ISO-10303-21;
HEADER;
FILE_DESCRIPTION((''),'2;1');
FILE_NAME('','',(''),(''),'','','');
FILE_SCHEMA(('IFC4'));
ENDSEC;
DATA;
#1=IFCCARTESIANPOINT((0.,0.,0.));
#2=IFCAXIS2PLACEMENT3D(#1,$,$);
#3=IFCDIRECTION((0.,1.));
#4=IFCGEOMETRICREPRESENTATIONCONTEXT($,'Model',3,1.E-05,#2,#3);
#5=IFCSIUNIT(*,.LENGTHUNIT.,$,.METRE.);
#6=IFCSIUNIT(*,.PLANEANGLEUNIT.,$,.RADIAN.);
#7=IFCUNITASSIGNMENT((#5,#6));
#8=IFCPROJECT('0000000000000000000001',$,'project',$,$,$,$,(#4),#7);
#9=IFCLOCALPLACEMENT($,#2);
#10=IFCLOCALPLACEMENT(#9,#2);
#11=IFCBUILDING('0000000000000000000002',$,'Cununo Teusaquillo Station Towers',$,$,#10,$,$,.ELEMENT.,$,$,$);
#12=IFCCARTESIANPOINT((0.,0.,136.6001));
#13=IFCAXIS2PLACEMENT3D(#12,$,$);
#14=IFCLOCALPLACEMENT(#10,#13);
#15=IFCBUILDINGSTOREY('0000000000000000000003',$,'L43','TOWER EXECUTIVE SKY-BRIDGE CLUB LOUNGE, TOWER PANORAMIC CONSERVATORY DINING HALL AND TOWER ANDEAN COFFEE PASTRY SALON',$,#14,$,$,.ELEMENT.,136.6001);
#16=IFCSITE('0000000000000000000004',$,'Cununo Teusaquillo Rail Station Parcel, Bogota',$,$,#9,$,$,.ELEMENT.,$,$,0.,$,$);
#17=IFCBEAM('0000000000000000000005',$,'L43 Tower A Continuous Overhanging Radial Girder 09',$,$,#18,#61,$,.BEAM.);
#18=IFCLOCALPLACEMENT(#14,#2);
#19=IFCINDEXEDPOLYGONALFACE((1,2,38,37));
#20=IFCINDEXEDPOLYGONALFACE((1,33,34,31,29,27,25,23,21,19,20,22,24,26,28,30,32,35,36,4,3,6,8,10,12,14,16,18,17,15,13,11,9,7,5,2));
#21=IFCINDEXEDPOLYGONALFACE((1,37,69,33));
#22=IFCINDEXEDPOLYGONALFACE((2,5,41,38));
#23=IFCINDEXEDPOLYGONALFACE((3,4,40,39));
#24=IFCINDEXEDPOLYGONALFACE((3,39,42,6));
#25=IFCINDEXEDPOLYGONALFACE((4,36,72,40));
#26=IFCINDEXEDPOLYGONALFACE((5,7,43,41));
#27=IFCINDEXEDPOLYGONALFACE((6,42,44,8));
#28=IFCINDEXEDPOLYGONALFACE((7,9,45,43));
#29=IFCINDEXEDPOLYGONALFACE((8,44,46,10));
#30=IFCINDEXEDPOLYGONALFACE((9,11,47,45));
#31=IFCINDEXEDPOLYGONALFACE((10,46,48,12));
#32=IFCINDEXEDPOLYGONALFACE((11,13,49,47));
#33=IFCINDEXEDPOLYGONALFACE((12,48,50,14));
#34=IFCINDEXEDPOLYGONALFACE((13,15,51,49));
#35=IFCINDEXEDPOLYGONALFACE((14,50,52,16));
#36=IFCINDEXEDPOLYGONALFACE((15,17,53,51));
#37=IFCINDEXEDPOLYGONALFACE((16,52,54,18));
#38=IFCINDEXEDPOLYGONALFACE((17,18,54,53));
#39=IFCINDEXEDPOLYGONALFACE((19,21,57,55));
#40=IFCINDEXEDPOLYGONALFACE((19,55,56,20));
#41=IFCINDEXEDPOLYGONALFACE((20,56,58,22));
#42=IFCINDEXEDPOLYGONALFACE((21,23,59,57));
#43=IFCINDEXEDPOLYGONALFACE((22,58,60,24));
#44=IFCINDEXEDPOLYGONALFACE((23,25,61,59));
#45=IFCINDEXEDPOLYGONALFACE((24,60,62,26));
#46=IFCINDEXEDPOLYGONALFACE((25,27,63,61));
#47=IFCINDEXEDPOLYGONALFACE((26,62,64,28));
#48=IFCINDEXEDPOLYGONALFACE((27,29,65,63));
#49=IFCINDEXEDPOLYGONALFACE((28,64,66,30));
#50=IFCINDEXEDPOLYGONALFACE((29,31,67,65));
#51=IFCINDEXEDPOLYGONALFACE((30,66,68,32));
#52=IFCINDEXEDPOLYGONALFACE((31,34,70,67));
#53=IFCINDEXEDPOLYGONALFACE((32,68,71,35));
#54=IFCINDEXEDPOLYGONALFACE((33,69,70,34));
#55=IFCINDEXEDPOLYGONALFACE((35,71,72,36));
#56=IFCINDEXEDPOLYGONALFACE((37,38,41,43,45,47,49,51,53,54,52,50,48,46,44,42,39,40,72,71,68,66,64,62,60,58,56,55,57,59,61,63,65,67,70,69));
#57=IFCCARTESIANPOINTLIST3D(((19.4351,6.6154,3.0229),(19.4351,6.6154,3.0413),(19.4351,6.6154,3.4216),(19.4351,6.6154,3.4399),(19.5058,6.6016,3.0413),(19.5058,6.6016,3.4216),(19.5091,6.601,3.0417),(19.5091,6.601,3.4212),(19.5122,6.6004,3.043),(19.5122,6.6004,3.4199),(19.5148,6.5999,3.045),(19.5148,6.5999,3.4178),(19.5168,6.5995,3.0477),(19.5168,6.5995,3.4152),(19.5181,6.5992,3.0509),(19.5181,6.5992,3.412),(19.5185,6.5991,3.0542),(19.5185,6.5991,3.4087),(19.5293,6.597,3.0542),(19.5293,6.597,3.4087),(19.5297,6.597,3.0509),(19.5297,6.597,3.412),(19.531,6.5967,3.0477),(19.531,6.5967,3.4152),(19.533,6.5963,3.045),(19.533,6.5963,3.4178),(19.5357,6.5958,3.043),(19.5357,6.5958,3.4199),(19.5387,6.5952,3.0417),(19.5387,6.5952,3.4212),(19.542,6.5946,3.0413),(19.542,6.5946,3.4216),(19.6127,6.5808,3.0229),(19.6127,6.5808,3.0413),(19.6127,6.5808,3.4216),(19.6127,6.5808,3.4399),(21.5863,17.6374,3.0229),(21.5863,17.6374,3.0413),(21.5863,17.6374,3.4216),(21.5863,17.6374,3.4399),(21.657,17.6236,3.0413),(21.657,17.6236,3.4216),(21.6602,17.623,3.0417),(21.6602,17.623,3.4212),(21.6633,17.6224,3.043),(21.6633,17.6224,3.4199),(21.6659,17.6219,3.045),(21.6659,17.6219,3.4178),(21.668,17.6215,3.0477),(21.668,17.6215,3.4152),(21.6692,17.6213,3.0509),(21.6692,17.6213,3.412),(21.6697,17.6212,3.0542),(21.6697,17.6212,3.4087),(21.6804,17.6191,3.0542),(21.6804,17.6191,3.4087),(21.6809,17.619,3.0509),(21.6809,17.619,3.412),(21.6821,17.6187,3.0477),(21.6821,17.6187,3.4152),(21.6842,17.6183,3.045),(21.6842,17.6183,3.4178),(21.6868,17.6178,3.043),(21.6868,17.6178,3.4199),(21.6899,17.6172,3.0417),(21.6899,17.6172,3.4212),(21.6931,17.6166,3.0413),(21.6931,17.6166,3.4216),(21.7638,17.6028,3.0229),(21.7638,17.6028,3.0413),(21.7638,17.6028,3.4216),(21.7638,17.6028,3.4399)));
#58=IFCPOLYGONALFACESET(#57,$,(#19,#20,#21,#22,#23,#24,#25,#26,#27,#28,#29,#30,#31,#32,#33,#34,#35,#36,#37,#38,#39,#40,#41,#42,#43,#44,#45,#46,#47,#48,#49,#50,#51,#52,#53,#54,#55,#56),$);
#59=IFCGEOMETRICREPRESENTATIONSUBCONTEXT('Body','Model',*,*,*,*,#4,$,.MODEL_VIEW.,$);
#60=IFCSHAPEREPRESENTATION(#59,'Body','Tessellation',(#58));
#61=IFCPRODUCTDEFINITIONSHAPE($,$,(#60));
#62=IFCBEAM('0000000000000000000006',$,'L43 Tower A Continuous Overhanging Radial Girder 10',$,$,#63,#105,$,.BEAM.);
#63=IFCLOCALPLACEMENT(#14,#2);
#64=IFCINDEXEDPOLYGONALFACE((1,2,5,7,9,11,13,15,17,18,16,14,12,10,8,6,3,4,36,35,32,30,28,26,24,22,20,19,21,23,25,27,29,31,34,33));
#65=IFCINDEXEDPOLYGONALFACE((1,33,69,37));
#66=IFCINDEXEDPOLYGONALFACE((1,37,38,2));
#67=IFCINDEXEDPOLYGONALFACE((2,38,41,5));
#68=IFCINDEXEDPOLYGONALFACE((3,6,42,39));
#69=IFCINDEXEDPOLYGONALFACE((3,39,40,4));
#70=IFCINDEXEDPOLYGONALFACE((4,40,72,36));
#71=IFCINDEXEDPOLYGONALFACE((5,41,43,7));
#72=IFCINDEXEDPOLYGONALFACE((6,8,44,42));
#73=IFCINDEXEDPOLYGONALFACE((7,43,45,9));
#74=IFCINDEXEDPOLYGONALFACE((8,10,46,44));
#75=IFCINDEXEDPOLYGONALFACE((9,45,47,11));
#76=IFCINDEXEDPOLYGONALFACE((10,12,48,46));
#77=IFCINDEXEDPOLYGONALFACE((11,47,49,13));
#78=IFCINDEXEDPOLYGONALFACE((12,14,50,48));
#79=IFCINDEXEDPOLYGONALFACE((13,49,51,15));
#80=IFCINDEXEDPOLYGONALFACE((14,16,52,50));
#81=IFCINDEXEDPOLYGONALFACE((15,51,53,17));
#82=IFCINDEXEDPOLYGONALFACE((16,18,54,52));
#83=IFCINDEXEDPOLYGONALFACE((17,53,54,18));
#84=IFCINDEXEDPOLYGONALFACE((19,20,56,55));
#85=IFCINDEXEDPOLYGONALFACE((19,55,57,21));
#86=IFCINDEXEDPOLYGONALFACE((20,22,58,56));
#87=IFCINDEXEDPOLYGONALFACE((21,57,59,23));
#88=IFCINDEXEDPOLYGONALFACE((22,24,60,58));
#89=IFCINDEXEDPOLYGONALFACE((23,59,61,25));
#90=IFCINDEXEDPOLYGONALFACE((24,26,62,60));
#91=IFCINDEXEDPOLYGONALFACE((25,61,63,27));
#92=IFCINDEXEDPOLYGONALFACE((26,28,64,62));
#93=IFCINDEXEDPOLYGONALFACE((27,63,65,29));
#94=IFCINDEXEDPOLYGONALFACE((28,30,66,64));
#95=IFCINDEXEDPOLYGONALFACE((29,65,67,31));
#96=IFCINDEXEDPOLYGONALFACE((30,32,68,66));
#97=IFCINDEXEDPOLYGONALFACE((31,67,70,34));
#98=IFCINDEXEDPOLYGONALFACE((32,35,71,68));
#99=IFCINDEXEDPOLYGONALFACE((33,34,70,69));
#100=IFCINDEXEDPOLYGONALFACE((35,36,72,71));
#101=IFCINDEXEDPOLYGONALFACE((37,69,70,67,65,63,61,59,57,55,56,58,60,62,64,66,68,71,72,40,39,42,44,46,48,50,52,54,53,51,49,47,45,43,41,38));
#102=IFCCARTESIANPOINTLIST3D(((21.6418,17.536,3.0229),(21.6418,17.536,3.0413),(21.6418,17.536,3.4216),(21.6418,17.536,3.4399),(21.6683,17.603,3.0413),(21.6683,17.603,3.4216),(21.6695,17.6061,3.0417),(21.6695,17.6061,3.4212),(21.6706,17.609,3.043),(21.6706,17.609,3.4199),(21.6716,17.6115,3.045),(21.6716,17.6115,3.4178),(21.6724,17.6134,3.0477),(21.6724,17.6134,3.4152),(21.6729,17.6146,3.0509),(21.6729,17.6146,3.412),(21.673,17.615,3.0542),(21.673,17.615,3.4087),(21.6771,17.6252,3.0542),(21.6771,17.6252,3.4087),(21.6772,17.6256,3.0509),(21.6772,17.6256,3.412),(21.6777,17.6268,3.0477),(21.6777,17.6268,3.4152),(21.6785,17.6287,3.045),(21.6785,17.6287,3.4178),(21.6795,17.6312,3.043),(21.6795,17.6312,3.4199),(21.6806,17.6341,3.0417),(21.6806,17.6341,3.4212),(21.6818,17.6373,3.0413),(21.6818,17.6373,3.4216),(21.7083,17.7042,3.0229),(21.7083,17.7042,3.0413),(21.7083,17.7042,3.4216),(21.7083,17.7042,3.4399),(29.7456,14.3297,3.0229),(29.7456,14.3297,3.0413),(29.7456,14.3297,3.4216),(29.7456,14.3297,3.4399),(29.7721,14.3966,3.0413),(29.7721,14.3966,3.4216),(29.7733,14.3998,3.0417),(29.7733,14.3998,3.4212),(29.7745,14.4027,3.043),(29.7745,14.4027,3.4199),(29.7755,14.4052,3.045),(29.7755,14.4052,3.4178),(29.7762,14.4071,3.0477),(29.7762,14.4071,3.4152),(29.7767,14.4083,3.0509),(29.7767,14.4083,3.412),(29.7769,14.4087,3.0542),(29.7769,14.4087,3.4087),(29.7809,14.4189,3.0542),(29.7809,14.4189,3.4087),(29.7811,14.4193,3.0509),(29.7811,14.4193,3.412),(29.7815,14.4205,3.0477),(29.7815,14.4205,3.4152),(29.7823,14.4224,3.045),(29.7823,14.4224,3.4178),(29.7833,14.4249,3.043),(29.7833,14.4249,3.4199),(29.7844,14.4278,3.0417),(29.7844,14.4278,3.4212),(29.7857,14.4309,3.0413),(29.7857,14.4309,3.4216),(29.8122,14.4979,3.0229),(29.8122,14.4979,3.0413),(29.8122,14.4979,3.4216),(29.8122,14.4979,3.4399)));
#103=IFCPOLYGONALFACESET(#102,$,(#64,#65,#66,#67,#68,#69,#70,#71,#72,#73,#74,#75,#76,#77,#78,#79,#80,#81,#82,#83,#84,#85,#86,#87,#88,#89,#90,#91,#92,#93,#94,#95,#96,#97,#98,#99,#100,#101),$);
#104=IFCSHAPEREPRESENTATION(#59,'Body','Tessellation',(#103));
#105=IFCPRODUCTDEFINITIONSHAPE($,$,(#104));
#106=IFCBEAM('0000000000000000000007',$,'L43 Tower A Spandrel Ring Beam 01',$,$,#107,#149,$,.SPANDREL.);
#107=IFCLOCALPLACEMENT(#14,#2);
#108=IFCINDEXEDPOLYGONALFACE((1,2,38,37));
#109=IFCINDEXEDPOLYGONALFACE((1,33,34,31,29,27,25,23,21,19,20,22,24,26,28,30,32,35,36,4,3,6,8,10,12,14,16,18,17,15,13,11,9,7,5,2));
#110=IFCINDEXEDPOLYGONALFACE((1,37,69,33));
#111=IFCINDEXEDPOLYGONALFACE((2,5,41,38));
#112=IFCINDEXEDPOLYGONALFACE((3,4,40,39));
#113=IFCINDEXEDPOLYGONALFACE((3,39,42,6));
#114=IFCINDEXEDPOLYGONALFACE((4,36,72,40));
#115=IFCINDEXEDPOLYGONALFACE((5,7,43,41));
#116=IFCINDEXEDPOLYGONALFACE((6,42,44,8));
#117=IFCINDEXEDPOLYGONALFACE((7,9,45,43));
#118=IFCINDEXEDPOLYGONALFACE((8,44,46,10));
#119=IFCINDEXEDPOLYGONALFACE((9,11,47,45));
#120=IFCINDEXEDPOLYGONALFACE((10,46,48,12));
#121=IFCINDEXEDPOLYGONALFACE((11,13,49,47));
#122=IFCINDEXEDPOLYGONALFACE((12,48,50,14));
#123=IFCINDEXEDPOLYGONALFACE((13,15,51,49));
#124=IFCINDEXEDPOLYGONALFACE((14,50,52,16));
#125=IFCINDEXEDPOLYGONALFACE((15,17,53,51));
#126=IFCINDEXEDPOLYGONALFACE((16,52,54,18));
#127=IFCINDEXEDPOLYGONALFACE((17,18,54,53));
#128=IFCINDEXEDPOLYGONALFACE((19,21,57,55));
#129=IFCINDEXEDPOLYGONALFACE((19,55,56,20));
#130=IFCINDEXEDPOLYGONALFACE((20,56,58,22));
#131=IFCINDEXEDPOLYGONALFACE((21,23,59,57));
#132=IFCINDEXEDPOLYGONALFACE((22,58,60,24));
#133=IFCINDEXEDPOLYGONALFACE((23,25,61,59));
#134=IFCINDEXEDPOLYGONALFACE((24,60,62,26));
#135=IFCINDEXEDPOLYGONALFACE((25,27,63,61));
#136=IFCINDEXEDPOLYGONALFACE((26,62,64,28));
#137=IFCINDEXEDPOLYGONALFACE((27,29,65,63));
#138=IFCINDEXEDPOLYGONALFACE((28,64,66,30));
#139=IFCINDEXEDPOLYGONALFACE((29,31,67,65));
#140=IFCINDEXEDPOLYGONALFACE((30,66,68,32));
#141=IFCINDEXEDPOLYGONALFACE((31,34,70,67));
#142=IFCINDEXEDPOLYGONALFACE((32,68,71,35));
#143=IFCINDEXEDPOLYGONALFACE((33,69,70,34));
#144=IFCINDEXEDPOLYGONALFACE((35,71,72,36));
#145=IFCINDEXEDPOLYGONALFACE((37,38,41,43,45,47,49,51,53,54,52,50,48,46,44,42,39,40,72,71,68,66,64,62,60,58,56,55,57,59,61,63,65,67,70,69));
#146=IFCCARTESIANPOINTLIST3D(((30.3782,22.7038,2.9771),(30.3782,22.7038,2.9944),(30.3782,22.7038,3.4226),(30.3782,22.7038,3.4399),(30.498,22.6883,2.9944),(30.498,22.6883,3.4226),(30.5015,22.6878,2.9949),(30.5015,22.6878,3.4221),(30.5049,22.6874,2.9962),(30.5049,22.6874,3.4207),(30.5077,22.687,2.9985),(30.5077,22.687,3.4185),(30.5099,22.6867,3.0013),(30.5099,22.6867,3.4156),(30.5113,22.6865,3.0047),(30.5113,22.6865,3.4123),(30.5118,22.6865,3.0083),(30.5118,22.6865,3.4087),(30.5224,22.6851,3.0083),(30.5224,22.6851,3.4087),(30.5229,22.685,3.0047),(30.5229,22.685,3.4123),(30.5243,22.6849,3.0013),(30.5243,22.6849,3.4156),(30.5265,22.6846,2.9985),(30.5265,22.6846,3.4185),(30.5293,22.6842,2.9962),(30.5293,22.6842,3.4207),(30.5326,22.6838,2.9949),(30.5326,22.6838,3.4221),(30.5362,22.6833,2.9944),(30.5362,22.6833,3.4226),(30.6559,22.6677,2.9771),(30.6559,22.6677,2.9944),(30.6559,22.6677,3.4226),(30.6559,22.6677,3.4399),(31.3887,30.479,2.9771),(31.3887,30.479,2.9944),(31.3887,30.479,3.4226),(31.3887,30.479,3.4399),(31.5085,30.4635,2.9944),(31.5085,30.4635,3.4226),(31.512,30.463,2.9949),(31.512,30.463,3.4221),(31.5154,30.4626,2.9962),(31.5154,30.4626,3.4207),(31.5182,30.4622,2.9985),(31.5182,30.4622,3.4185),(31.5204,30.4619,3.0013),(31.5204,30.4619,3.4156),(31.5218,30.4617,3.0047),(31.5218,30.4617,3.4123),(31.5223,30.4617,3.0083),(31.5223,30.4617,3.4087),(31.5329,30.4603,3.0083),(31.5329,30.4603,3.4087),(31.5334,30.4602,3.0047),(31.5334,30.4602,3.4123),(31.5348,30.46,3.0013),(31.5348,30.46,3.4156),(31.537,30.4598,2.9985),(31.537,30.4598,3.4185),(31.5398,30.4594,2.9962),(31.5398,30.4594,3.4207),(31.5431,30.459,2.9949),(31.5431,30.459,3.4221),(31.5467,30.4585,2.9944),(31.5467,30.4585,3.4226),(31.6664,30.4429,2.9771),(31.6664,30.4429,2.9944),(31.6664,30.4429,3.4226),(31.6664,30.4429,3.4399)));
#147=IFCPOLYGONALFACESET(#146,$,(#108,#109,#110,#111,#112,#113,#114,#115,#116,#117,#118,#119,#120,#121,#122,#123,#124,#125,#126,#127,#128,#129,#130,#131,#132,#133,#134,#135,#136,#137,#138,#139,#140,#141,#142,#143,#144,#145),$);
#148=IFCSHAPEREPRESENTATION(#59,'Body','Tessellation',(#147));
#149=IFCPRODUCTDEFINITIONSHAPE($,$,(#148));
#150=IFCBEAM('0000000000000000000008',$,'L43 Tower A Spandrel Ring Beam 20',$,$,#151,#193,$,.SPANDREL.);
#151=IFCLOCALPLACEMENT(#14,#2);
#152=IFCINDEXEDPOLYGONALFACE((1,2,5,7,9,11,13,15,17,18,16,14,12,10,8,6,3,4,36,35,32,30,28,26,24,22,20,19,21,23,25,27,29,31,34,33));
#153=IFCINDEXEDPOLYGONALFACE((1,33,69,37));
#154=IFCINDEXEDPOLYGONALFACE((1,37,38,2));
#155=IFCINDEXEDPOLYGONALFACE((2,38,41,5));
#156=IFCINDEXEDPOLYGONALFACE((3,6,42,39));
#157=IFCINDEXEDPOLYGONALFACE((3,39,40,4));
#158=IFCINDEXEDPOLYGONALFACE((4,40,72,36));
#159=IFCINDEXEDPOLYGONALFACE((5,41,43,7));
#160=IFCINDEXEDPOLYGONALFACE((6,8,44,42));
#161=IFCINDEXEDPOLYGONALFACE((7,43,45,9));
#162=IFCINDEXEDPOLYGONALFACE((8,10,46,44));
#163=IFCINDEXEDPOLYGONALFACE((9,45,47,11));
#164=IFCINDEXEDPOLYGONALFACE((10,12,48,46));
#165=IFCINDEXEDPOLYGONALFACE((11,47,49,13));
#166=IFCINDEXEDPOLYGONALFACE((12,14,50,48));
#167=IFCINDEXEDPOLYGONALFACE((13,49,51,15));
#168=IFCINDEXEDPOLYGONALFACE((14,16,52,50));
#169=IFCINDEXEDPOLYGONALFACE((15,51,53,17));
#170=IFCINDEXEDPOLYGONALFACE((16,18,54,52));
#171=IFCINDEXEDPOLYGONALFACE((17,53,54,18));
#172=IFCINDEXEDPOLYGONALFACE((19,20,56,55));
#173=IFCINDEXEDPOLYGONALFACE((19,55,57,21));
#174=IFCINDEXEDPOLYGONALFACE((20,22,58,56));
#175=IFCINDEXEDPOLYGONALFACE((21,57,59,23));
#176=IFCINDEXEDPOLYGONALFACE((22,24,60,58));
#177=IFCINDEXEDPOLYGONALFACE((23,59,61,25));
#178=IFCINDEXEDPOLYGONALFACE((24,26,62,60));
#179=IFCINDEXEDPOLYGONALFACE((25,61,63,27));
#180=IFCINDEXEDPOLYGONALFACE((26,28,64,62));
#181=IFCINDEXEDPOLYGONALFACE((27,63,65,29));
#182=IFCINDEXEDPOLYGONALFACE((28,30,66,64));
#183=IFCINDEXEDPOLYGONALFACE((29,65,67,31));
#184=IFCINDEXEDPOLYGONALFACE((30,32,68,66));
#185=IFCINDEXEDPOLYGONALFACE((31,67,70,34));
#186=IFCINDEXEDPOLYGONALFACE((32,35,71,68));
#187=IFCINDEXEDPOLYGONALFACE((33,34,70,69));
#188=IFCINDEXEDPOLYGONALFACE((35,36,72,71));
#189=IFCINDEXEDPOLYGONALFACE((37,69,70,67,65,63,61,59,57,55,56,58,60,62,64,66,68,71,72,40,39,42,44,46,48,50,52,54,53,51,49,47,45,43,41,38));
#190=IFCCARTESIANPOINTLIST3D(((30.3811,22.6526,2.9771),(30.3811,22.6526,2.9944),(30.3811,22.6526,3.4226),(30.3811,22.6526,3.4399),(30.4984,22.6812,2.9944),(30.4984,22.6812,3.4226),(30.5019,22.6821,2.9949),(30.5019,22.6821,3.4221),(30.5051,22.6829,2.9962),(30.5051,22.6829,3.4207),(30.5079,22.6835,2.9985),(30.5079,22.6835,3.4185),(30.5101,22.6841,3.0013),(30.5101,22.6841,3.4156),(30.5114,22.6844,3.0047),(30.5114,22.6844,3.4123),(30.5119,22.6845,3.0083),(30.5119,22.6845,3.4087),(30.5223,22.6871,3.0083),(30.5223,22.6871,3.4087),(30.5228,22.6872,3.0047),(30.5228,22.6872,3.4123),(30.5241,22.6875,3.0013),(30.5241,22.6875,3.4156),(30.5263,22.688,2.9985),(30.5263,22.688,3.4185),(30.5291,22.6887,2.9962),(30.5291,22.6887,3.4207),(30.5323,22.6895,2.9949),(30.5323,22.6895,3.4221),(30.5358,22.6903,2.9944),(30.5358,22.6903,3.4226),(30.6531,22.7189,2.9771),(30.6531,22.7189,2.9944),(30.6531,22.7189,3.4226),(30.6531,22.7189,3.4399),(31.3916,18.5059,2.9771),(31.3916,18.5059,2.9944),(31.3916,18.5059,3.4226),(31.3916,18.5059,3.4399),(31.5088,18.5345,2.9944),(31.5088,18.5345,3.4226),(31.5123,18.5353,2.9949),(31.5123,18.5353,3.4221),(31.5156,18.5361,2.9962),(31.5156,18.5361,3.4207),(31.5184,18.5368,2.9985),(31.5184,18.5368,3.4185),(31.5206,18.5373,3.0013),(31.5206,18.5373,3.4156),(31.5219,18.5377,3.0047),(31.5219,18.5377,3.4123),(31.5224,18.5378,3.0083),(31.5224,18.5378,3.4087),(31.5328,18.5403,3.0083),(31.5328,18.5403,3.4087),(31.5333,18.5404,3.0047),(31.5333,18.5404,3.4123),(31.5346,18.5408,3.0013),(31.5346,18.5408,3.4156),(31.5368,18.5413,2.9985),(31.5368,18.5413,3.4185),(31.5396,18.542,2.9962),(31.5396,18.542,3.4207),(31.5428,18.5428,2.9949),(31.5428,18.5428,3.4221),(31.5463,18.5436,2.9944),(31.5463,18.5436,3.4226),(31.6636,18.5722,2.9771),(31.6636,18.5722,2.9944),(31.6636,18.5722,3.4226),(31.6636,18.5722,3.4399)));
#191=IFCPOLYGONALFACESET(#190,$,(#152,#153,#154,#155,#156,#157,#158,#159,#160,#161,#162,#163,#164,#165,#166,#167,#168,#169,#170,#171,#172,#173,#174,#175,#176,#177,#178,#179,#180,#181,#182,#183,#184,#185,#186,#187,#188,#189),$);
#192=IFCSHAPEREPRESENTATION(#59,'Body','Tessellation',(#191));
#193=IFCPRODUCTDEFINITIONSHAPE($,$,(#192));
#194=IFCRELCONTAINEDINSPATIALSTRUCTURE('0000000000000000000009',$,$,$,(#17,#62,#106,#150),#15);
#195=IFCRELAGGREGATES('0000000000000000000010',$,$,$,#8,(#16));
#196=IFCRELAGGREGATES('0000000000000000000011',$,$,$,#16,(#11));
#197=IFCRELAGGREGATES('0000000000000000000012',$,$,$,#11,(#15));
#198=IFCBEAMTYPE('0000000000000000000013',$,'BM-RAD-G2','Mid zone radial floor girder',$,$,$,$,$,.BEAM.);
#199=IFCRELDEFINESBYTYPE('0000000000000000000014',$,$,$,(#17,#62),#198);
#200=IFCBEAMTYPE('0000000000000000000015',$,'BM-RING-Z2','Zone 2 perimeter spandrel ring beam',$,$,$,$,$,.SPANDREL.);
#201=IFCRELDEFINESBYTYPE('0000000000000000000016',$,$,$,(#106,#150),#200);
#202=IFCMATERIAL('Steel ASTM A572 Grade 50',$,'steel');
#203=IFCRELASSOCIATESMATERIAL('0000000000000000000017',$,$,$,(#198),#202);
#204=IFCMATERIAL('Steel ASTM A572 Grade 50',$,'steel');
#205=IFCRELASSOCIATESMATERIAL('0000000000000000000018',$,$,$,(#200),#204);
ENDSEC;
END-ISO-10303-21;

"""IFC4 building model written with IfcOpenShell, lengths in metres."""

from ifc_helpers import new_model, si_unit, direction, frame, origin, origin_2d, place, context, subcontext, project, spatial, i_section, extrude, material, material_profile, profile_set, type_object, element, save


model = new_model("IFC4")

# Units and contexts
model_context = context("Model", 3, precision=1e-05, world=origin(), true_north=direction((0.0, 1.0)))
body_context = subcontext(model_context, "Body", "Model", "MODEL_VIEW")
ifc_project = project(units=[si_unit("LENGTHUNIT", "METRE"), si_unit("PLANEANGLEUNIT", "RADIAN")], contexts=[model_context])

# Site, building, storey
site_placement = place(None, origin())
site = spatial("IfcSite", under=ifc_project, at=site_placement, Name="Cununo Teusaquillo Rail Station Parcel, Bogota", CompositionType="ELEMENT", RefElevation=0.0)
building_placement = place(site_placement, origin())
building = spatial("IfcBuilding", under=site, at=building_placement, Name="Cununo Teusaquillo Station Towers", CompositionType="ELEMENT")
storey_placement = place(building_placement, frame((0.0, 0.0, 136.6001)))
storey = spatial("IfcBuildingStorey", under=building, at=storey_placement, Name="L43", Description="TOWER EXECUTIVE SKY-BRIDGE CLUB LOUNGE, TOWER PANORAMIC CONSERVATORY DINING HALL AND TOWER ANDEAN COFFEE PASTRY SALON", CompositionType="ELEMENT", Elevation=136.6001)

# Beams
ifc_material_1 = material(Name="Steel ASTM A572 Grade 50", Category="steel")
ifc_material_profile_1 = material_profile(ifc_material_1, i_section(OverallWidth=0.1809, OverallDepth=0.417, WebThickness=0.011, FlangeThickness=0.0183, FilletRadius=0.0129, at=origin_2d()), Name="W16X57")
ifc_profile_set_1 = profile_set([ifc_material_profile_1], Name="Steel ASTM A572 Grade 50")
beam_type_1 = type_object("IfcBeamType", Name="BM-RAD-G2", Description="Mid zone radial floor girder", PredefinedType="BEAM", material=ifc_profile_set_1)
beam_1_placement = place(storey_placement, frame((21.675, 17.6201, 3.2314), z_axis=(-0.191553, -0.981482, 0.0), x_axis=(0.981482, -0.191553, 0.0)))
element("IfcBeam", 1, at=beam_1_placement, inside=storey, type_object=beam_type_1, Name="L43 Tower A Continuous Overhanging Radial Girder 09", PredefinedType="BEAM", context=body_context, shape_type="SweptSolid", body=[
    extrude(i_section(OverallWidth=0.1809, OverallDepth=0.417, WebThickness=0.011, FlangeThickness=0.0183, FilletRadius=0.0129, at=origin_2d()), origin(), (0.0, 0.0, 1.0), 11.23),
])
beam_2_placement = place(storey_placement, frame((21.675, 17.6201, 3.2314), z_axis=(0.929863, -0.367906, 0.0), x_axis=(0.367906, 0.929863, 0.0)))
element("IfcBeam", 2, at=beam_2_placement, inside=storey, type_object=beam_type_1, Name="L43 Tower A Continuous Overhanging Radial Girder 10", PredefinedType="BEAM", context=body_context, shape_type="SweptSolid", body=[
    extrude(i_section(OverallWidth=0.1809, OverallDepth=0.417, WebThickness=0.011, FlangeThickness=0.0183, FilletRadius=0.0129, at=origin_2d()), origin(), (0.0, 0.0, 1.0), 8.7151),
])
ifc_material_2 = material(Name="Steel ASTM A572 Grade 50", Category="steel")
ifc_material_profile_2 = material_profile(ifc_material_2, i_section(OverallWidth=0.28, OverallDepth=0.4629, WebThickness=0.0107, FlangeThickness=0.0173, FilletRadius=0.0139, at=origin_2d()), Name="W18X76")
ifc_profile_set_2 = profile_set([ifc_material_profile_2], Name="Steel ASTM A572 Grade 50")
beam_type_2 = type_object("IfcBeamType", Name="BM-RING-Z2", Description="Zone 2 perimeter spandrel ring beam", PredefinedType="SPANDREL", material=ifc_profile_set_2)
beam_3_placement = place(storey_placement, frame((30.5171, 22.6858, 3.2085), z_axis=(0.128881, 0.99166, 0.0), x_axis=(-0.99166, 0.128881, 0.0)))
element("IfcBeam", 3, at=beam_3_placement, inside=storey, type_object=beam_type_2, Name="L43 Tower A Spandrel Ring Beam 01", PredefinedType="SPANDREL", context=body_context, shape_type="SweptSolid", body=[
    extrude(i_section(OverallWidth=0.28, OverallDepth=0.4629, WebThickness=0.0107, FlangeThickness=0.0173, FilletRadius=0.0139, at=origin_2d()), origin(), (0.0, 0.0, 1.0), 7.8406),
])
beam_4_placement = place(storey_placement, frame((31.5276, 18.5391, 3.2085), z_axis=(-0.236757, 0.971569, 0.0), x_axis=(-0.971569, -0.236757, 0.0)))
element("IfcBeam", 4, at=beam_4_placement, inside=storey, type_object=beam_type_2, Name="L43 Tower A Spandrel Ring Beam 20", PredefinedType="SPANDREL", context=body_context, shape_type="SweptSolid", body=[
    extrude(i_section(OverallWidth=0.28, OverallDepth=0.4629, WebThickness=0.0107, FlangeThickness=0.0173, FilletRadius=0.0139, at=origin_2d()), origin(), (0.0, 0.0, 1.0), 4.2681),
])

save(model, "model.ifc")
